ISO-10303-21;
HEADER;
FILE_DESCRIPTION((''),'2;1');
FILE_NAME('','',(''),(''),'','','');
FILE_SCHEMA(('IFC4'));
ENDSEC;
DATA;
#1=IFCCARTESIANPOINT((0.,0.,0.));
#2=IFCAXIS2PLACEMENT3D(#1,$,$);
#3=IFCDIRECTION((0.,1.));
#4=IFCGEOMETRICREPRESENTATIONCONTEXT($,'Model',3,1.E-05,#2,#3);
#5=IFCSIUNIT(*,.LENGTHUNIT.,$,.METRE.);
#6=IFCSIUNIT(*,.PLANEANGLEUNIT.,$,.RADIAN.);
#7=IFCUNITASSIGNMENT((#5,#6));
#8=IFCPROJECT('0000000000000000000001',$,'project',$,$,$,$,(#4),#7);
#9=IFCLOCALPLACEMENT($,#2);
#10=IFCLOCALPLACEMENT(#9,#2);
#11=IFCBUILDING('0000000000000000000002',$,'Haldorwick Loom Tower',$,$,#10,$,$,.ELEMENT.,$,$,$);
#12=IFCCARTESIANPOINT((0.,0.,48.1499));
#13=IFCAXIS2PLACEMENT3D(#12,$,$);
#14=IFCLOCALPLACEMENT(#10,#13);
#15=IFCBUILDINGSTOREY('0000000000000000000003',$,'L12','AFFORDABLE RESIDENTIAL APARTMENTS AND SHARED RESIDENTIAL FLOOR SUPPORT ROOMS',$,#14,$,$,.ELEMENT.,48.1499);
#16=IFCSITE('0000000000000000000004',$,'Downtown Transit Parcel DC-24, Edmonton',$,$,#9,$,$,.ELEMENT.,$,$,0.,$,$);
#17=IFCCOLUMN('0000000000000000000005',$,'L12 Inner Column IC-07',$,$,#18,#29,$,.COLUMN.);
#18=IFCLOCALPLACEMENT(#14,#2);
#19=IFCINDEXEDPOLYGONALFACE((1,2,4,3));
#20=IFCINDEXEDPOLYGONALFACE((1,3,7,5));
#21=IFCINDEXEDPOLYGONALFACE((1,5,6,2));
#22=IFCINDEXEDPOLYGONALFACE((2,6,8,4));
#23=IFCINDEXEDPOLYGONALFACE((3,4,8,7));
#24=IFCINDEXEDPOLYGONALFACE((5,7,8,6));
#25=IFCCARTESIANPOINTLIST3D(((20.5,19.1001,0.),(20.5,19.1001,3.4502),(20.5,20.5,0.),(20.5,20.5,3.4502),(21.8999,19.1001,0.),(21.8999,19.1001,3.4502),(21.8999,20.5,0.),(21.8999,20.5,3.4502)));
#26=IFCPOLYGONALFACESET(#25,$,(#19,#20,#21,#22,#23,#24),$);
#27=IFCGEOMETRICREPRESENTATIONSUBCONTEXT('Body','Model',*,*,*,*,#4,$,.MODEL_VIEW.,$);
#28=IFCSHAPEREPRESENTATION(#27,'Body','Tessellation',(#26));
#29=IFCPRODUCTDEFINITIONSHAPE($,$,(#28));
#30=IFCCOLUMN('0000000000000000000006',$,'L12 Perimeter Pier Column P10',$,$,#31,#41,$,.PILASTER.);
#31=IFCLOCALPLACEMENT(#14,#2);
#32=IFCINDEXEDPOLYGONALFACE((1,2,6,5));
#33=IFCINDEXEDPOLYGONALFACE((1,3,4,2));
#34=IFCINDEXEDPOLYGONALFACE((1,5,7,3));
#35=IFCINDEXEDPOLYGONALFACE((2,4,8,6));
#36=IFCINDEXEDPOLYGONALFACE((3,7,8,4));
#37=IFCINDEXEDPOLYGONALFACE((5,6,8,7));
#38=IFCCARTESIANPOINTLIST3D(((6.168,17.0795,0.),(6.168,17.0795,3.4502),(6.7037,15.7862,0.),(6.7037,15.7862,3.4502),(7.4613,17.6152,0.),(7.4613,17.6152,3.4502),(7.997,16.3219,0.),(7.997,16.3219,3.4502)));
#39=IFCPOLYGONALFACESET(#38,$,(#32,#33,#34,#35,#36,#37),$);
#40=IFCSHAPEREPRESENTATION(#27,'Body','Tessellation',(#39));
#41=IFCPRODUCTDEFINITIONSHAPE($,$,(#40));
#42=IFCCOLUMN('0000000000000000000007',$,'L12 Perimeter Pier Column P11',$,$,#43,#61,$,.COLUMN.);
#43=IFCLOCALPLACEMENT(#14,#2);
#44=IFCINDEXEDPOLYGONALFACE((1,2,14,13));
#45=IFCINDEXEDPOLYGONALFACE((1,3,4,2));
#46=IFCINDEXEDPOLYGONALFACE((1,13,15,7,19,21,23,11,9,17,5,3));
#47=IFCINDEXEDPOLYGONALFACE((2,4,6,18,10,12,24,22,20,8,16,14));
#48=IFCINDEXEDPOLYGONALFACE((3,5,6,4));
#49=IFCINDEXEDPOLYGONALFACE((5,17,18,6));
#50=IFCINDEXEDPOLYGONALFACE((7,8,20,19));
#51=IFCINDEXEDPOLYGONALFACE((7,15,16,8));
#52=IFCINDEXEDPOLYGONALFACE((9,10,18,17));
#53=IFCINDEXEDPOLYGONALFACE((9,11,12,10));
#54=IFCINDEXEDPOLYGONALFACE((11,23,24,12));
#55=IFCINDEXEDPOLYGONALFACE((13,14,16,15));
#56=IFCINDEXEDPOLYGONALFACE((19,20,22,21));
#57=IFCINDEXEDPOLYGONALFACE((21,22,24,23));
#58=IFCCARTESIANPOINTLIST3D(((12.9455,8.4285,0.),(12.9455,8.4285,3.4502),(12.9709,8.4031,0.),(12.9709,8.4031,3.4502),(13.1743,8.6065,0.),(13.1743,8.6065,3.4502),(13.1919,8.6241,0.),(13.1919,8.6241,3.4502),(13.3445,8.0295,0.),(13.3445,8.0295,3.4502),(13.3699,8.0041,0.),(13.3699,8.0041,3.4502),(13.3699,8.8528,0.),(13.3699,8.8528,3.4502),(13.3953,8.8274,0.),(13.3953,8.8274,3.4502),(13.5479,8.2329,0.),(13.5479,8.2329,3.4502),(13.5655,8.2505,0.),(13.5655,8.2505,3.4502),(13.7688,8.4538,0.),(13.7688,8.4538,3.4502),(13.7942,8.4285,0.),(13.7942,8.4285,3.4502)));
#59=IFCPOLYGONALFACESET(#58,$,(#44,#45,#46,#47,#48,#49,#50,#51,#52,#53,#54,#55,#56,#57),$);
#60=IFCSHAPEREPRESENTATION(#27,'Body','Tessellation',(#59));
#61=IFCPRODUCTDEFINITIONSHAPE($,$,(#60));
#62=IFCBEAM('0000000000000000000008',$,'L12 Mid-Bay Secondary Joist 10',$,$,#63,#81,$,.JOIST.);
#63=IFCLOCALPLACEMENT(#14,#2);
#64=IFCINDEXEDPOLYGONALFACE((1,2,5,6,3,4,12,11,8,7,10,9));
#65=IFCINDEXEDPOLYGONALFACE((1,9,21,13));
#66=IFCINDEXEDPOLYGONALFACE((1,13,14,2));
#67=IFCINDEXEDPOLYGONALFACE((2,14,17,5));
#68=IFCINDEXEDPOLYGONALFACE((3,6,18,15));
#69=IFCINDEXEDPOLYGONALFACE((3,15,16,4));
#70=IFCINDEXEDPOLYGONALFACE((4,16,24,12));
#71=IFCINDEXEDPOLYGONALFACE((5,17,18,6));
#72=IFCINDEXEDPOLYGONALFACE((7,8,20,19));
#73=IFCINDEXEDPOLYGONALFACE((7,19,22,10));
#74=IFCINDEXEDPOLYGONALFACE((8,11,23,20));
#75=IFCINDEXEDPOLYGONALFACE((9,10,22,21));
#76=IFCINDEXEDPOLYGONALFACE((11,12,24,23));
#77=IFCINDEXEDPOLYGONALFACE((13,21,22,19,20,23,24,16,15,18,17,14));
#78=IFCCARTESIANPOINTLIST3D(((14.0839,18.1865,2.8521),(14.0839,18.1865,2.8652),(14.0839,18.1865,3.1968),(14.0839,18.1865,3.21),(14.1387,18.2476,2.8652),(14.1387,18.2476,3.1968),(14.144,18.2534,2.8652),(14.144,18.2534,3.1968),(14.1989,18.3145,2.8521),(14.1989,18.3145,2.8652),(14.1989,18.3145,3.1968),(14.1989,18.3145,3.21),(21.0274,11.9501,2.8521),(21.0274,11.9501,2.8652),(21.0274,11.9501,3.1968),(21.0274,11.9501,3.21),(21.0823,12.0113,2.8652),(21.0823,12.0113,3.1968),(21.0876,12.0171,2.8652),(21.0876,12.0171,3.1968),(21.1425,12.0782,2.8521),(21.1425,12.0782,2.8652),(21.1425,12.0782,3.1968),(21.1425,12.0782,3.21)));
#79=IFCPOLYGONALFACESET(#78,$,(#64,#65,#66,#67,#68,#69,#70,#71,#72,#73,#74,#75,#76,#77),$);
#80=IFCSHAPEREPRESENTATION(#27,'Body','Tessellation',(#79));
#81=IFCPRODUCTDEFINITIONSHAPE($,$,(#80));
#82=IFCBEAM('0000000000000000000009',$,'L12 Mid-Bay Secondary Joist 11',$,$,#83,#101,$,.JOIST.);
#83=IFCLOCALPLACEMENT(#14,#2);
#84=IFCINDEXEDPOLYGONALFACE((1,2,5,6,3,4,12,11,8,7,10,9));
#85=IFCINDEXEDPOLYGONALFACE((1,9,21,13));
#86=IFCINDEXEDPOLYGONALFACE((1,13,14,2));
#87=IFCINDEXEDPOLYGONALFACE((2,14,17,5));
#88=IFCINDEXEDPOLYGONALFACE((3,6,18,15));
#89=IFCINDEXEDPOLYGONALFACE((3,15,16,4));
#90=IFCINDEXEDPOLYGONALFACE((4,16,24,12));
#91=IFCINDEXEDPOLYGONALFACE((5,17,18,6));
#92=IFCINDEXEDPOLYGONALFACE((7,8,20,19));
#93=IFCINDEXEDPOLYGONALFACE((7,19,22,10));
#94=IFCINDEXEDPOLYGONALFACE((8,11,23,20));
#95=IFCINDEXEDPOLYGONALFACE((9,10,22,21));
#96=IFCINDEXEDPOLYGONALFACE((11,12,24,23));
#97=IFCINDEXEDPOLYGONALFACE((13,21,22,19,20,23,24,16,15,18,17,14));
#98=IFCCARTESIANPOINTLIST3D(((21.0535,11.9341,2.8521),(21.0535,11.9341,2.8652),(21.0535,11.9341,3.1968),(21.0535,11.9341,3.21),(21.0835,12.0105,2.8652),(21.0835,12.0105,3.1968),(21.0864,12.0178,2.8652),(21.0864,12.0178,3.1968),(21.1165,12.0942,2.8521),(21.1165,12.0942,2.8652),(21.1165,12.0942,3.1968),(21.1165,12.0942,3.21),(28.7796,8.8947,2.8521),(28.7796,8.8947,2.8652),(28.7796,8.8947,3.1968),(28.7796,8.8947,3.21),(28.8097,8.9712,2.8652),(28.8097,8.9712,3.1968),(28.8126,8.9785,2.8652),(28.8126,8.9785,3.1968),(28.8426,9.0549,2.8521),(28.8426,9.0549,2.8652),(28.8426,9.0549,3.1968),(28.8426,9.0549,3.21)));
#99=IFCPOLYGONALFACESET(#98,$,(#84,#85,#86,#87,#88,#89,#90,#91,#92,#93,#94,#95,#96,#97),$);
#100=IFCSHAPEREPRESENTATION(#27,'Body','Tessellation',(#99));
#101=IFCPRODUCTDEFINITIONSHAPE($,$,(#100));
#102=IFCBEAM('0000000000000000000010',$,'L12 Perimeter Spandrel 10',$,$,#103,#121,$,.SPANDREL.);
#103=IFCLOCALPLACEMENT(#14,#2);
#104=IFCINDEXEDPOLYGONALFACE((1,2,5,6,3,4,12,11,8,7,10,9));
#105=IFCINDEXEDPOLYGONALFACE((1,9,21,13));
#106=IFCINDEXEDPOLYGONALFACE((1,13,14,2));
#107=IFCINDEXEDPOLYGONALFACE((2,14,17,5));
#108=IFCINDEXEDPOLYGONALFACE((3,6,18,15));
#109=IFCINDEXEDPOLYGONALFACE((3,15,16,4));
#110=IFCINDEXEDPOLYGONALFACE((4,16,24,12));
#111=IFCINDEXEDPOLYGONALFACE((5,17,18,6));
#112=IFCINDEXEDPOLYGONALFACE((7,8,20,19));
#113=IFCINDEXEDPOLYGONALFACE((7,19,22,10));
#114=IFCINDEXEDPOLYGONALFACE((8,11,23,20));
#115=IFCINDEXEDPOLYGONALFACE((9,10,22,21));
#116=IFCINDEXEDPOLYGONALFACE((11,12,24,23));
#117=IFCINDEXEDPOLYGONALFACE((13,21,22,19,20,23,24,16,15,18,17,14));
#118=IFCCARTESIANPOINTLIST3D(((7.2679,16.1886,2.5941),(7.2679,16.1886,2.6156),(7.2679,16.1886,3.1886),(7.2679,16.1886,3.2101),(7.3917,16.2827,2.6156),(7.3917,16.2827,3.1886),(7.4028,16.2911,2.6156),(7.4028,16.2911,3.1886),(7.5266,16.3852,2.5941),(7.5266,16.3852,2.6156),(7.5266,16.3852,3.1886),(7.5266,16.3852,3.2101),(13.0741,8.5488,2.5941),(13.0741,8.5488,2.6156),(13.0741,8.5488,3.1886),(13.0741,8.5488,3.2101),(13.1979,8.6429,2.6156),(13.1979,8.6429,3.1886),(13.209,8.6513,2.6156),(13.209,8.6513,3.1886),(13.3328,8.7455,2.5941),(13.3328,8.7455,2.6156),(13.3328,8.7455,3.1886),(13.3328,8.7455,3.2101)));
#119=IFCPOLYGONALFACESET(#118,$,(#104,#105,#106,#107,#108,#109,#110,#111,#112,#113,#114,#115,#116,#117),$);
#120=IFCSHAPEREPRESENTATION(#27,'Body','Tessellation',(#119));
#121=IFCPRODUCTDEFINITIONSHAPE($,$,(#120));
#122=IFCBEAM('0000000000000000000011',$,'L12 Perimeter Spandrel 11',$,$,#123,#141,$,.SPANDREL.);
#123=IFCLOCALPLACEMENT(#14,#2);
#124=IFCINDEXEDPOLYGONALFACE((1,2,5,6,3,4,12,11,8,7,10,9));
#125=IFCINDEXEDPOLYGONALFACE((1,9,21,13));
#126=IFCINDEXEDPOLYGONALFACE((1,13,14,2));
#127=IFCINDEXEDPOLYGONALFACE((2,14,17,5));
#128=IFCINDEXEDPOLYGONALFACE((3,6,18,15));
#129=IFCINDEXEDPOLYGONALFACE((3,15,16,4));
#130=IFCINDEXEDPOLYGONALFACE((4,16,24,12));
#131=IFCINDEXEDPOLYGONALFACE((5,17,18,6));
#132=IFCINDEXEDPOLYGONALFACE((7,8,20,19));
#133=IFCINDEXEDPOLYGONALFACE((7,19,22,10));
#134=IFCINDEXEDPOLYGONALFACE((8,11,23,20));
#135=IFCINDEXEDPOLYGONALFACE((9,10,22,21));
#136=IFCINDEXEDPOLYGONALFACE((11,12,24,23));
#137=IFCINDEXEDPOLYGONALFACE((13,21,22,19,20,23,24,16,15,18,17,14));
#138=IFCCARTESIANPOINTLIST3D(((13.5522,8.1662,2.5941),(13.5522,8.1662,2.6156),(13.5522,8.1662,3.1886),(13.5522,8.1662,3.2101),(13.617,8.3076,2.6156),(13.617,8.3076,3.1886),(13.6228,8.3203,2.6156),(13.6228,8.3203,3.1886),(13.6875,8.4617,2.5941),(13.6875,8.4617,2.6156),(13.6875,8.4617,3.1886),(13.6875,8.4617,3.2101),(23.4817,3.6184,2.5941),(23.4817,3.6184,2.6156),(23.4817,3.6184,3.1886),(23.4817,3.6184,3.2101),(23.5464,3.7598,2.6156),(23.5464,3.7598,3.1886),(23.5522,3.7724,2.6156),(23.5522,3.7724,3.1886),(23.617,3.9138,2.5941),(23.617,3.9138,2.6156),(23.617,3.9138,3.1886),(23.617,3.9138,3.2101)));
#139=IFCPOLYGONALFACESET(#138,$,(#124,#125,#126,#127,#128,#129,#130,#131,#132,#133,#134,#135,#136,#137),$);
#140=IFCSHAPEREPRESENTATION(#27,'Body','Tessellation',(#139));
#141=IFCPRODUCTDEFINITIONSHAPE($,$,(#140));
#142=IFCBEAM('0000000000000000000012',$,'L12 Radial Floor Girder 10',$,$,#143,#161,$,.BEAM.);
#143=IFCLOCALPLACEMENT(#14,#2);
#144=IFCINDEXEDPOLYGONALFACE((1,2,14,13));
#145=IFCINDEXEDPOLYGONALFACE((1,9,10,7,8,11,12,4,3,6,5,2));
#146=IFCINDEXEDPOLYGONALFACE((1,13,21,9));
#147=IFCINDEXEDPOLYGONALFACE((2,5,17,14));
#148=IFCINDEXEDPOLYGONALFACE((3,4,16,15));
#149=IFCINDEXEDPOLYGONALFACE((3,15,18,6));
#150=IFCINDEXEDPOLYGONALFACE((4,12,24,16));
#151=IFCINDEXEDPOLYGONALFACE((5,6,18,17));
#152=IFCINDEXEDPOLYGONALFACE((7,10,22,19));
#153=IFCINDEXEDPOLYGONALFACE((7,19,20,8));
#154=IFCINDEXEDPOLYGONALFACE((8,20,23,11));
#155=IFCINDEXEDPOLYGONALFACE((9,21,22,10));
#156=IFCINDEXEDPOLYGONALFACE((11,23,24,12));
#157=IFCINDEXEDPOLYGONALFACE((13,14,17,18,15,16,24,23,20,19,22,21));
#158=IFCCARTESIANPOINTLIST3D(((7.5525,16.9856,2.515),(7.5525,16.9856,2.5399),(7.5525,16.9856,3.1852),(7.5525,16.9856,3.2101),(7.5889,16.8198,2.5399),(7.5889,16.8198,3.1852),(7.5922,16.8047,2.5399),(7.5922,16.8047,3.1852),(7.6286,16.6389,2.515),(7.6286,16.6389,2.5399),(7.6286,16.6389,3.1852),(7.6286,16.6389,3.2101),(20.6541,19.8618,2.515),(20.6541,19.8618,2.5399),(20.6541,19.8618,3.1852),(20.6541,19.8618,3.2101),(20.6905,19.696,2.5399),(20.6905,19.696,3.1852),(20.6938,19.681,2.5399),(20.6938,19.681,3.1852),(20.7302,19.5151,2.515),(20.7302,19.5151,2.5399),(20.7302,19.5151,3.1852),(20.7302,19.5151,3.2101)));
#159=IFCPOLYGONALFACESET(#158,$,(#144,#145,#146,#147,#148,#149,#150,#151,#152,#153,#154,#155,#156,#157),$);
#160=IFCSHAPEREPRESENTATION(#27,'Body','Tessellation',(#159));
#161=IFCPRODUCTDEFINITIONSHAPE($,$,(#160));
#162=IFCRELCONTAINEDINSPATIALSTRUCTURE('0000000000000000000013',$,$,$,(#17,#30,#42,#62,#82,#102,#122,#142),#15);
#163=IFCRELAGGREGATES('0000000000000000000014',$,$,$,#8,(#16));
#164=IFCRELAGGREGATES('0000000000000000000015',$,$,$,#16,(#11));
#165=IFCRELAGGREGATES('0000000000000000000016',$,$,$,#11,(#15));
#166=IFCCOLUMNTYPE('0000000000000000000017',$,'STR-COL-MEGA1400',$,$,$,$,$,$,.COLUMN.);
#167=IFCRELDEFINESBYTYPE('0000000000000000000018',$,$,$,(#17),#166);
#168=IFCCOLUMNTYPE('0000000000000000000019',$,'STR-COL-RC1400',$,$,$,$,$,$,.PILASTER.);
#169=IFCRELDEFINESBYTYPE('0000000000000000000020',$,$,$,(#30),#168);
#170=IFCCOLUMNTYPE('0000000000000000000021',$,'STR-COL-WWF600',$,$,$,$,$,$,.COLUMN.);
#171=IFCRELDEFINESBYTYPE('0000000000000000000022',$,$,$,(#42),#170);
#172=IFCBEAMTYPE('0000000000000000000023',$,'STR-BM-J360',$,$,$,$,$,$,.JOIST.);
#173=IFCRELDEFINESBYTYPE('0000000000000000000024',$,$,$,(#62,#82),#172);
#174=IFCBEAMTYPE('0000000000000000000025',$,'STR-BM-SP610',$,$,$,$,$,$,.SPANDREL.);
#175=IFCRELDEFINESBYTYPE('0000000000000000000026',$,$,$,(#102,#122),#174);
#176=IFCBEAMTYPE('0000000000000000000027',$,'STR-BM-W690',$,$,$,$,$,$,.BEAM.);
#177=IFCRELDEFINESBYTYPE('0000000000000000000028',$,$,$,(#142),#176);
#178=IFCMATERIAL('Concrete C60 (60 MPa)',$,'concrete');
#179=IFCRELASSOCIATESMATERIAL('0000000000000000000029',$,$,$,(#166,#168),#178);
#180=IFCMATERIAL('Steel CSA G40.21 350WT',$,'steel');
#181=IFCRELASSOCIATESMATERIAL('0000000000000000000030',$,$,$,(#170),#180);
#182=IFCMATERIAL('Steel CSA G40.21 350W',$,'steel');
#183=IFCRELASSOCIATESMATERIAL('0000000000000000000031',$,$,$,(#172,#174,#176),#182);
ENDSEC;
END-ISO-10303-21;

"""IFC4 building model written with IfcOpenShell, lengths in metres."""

from ifc_helpers import new_model, si_unit, direction, frame, origin, origin_2d, place, context, subcontext, project, spatial, rectangle, i_section, extrude, material, material_profile, profile_set, type_object, element, save


model = new_model("IFC4")

# Units and contexts
model_context = context("Model", 3, precision=1e-05, world=origin(), true_north=direction((0.0, 1.0)))
body_context = subcontext(model_context, "Body", "Model", "MODEL_VIEW")
ifc_project = project(units=[si_unit("LENGTHUNIT", "METRE"), si_unit("PLANEANGLEUNIT", "RADIAN")], contexts=[model_context])

# Site, building, storey
site_placement = place(None, origin())
site = spatial("IfcSite", under=ifc_project, at=site_placement, Name="Downtown Transit Parcel DC-24, Edmonton", CompositionType="ELEMENT", RefElevation=0.0)
building_placement = place(site_placement, origin())
building = spatial("IfcBuilding", under=site, at=building_placement, Name="Haldorwick Loom Tower", CompositionType="ELEMENT")
storey_placement = place(building_placement, frame((0.0, 0.0, 48.1499)))
storey = spatial("IfcBuildingStorey", under=building, at=storey_placement, Name="L12", Description="AFFORDABLE RESIDENTIAL APARTMENTS AND SHARED RESIDENTIAL FLOOR SUPPORT ROOMS", CompositionType="ELEMENT", Elevation=48.1499)

# Columns
ifc_material_1 = material(Name="Concrete C60 (60 MPa)", Category="concrete")
ifc_material_profile_1 = material_profile(ifc_material_1, rectangle(XDim=1.3999, YDim=1.3999, at=origin_2d()), Name="RC1400X1400", Category="concrete")
ifc_profile_set_1 = profile_set([ifc_material_profile_1], Name="Concrete C60 (60 MPa)")
column_type_1 = type_object("IfcColumnType", Name="STR-COL-MEGA1400", PredefinedType="COLUMN", material=ifc_profile_set_1)
column_1_placement = place(storey_placement, frame((21.2, 19.8, 0.0), z_axis=(0.0, 0.0, 1.0), x_axis=(1.0, 0.0, 0.0)))
element("IfcColumn", 1, at=column_1_placement, inside=storey, type_object=column_type_1, Name="L12 Inner Column IC-07", PredefinedType="COLUMN", context=body_context, shape_type="SweptSolid", body=[
    extrude(rectangle(XDim=1.3999, YDim=1.3999, at=origin_2d()), origin(), (0.0, 0.0, 1.0), 3.4502),
])
ifc_material_profile_2 = material_profile(ifc_material_1, rectangle(XDim=1.3999, YDim=1.3999, at=origin_2d()), Name="RC1400X1400", Category="concrete")
ifc_profile_set_2 = profile_set([ifc_material_profile_2], Name="Concrete C60 (60 MPa)")
column_type_2 = type_object("IfcColumnType", Name="STR-COL-RC1400", PredefinedType="PILASTER", material=ifc_profile_set_2)
column_2_placement = place(storey_placement, frame((7.0825, 16.7007, 0.0), z_axis=(0.0, 0.0, 1.0), x_axis=(-0.92388, -0.382683, 0.0)))
element("IfcColumn", 2, at=column_2_placement, inside=storey, type_object=column_type_2, Name="L12 Perimeter Pier Column P10", PredefinedType="PILASTER", context=body_context, shape_type="SweptSolid", body=[
    extrude(rectangle(XDim=1.3999, YDim=1.3999, at=origin_2d()), origin(), (0.0, 0.0, 1.0), 3.4502),
])
ifc_material_2 = material(Name="Steel CSA G40.21 350WT", Category="steel")
ifc_material_profile_3 = material_profile(ifc_material_2, i_section(OverallWidth=0.6001, OverallDepth=0.6001, WebThickness=0.0249, FlangeThickness=0.0359, at=origin_2d()), Name="WWF600X600", Category="steel")
ifc_profile_set_3 = profile_set([ifc_material_profile_3], Name="Steel CSA G40.21 350WT")
column_type_3 = type_object("IfcColumnType", Name="STR-COL-WWF600", PredefinedType="COLUMN", material=ifc_profile_set_3)
column_3_placement = place(storey_placement, frame((13.3699, 8.4285, 0.0), z_axis=(0.0, 0.0, 1.0), x_axis=(-0.707107, -0.707107, 0.0)))
element("IfcColumn", 3, at=column_3_placement, inside=storey, type_object=column_type_3, Name="L12 Perimeter Pier Column P11", PredefinedType="COLUMN", context=body_context, shape_type="SweptSolid", body=[
    extrude(i_section(OverallWidth=0.6001, OverallDepth=0.6001, WebThickness=0.0249, FlangeThickness=0.0359, at=origin_2d()), origin(), (0.0, 0.0, 1.0), 3.4502),
])

# Beams
ifc_material_3 = material(Name="Steel CSA G40.21 350W", Category="steel")
ifc_material_profile_4 = material_profile(ifc_material_3, i_section(OverallWidth=0.1721, OverallDepth=0.3579, WebThickness=0.0078, FlangeThickness=0.0132, at=origin_2d()), Name="W360X57", Category="steel")
ifc_profile_set_4 = profile_set([ifc_material_profile_4], Name="Steel CSA G40.21 350W")
beam_type_1 = type_object("IfcBeamType", Name="STR-BM-J360", PredefinedType="JOIST", material=ifc_profile_set_4)
beam_1_placement = place(storey_placement, frame((14.1414, 18.2505, 3.031), z_axis=(0.743982, -0.6682, 0.0), x_axis=(0.6682, 0.743982, 0.0)))
element("IfcBeam", 4, at=beam_1_placement, inside=storey, type_object=beam_type_1, Name="L12 Mid-Bay Secondary Joist 10", PredefinedType="JOIST", context=body_context, shape_type="SweptSolid", body=[
    extrude(i_section(OverallWidth=0.1721, OverallDepth=0.3579, WebThickness=0.0078, FlangeThickness=0.0132, at=origin_2d()), origin(), (0.0, 0.0, 1.0), 9.333),
])
beam_2_placement = place(storey_placement, frame((21.085, 12.0142, 3.031), z_axis=(0.930585, -0.366076, 0.0), x_axis=(0.366076, 0.930585, 0.0)))
element("IfcBeam", 5, at=beam_2_placement, inside=storey, type_object=beam_type_1, Name="L12 Mid-Bay Secondary Joist 11", PredefinedType="JOIST", context=body_context, shape_type="SweptSolid", body=[
    extrude(i_section(OverallWidth=0.1721, OverallDepth=0.3579, WebThickness=0.0078, FlangeThickness=0.0132, at=origin_2d()), origin(), (0.0, 0.0, 1.0), 8.3025),
])
ifc_material_profile_5 = material_profile(ifc_material_3, i_section(OverallWidth=0.325, OverallDepth=0.616, WebThickness=0.0139, FlangeThickness=0.0215, at=origin_2d()), Name="W610X174", Category="steel")
ifc_profile_set_5 = profile_set([ifc_material_profile_5], Name="Steel CSA G40.21 350W")
beam_type_2 = type_object("IfcBeamType", Name="STR-BM-SP610", PredefinedType="SPANDREL", material=ifc_profile_set_5)
beam_3_placement = place(storey_placement, frame((7.3972, 16.2869, 2.9021), z_axis=(0.605085, -0.796161, 0.0), x_axis=(0.796161, 0.605085, 0.0)))
element("IfcBeam", 6, at=beam_3_placement, inside=storey, type_object=beam_type_2, Name="L12 Perimeter Spandrel 10", PredefinedType="SPANDREL", context=body_context, shape_type="SweptSolid", body=[
    extrude(i_section(OverallWidth=0.325, OverallDepth=0.616, WebThickness=0.0139, FlangeThickness=0.0215, at=origin_2d()), origin(), (0.0, 0.0, 1.0), 9.5957),
])
beam_4_placement = place(storey_placement, frame((13.6199, 8.314, 2.9021), z_axis=(0.909174, -0.416417, 0.0), x_axis=(0.416417, 0.909174, 0.0)))
element("IfcBeam", 7, at=beam_4_placement, inside=storey, type_object=beam_type_2, Name="L12 Perimeter Spandrel 11", PredefinedType="SPANDREL", context=body_context, shape_type="SweptSolid", body=[
    extrude(i_section(OverallWidth=0.325, OverallDepth=0.616, WebThickness=0.0139, FlangeThickness=0.0215, at=origin_2d()), origin(), (0.0, 0.0, 1.0), 10.9214),
])
ifc_material_profile_6 = material_profile(ifc_material_3, i_section(OverallWidth=0.355, OverallDepth=0.6951, WebThickness=0.0154, FlangeThickness=0.0249, at=origin_2d()), Name="W690X217", Category="steel")
ifc_profile_set_6 = profile_set([ifc_material_profile_6], Name="Steel CSA G40.21 350W")
beam_type_3 = type_object("IfcBeamType", Name="STR-BM-W690", PredefinedType="BEAM", material=ifc_profile_set_6)
beam_5_placement = place(storey_placement, frame((20.6921, 19.6885, 2.8625), z_axis=(-0.97674, -0.214426, 0.0), x_axis=(0.214426, -0.97674, 0.0)))
element("IfcBeam", 8, at=beam_5_placement, inside=storey, type_object=beam_type_3, Name="L12 Radial Floor Girder 10", PredefinedType="BEAM", context=body_context, shape_type="SweptSolid", body=[
    extrude(i_section(OverallWidth=0.355, OverallDepth=0.6951, WebThickness=0.0154, FlangeThickness=0.0249, at=origin_2d()), origin(), (0.0, 0.0, 1.0), 13.4136),
])

save(model, "model.ifc")
